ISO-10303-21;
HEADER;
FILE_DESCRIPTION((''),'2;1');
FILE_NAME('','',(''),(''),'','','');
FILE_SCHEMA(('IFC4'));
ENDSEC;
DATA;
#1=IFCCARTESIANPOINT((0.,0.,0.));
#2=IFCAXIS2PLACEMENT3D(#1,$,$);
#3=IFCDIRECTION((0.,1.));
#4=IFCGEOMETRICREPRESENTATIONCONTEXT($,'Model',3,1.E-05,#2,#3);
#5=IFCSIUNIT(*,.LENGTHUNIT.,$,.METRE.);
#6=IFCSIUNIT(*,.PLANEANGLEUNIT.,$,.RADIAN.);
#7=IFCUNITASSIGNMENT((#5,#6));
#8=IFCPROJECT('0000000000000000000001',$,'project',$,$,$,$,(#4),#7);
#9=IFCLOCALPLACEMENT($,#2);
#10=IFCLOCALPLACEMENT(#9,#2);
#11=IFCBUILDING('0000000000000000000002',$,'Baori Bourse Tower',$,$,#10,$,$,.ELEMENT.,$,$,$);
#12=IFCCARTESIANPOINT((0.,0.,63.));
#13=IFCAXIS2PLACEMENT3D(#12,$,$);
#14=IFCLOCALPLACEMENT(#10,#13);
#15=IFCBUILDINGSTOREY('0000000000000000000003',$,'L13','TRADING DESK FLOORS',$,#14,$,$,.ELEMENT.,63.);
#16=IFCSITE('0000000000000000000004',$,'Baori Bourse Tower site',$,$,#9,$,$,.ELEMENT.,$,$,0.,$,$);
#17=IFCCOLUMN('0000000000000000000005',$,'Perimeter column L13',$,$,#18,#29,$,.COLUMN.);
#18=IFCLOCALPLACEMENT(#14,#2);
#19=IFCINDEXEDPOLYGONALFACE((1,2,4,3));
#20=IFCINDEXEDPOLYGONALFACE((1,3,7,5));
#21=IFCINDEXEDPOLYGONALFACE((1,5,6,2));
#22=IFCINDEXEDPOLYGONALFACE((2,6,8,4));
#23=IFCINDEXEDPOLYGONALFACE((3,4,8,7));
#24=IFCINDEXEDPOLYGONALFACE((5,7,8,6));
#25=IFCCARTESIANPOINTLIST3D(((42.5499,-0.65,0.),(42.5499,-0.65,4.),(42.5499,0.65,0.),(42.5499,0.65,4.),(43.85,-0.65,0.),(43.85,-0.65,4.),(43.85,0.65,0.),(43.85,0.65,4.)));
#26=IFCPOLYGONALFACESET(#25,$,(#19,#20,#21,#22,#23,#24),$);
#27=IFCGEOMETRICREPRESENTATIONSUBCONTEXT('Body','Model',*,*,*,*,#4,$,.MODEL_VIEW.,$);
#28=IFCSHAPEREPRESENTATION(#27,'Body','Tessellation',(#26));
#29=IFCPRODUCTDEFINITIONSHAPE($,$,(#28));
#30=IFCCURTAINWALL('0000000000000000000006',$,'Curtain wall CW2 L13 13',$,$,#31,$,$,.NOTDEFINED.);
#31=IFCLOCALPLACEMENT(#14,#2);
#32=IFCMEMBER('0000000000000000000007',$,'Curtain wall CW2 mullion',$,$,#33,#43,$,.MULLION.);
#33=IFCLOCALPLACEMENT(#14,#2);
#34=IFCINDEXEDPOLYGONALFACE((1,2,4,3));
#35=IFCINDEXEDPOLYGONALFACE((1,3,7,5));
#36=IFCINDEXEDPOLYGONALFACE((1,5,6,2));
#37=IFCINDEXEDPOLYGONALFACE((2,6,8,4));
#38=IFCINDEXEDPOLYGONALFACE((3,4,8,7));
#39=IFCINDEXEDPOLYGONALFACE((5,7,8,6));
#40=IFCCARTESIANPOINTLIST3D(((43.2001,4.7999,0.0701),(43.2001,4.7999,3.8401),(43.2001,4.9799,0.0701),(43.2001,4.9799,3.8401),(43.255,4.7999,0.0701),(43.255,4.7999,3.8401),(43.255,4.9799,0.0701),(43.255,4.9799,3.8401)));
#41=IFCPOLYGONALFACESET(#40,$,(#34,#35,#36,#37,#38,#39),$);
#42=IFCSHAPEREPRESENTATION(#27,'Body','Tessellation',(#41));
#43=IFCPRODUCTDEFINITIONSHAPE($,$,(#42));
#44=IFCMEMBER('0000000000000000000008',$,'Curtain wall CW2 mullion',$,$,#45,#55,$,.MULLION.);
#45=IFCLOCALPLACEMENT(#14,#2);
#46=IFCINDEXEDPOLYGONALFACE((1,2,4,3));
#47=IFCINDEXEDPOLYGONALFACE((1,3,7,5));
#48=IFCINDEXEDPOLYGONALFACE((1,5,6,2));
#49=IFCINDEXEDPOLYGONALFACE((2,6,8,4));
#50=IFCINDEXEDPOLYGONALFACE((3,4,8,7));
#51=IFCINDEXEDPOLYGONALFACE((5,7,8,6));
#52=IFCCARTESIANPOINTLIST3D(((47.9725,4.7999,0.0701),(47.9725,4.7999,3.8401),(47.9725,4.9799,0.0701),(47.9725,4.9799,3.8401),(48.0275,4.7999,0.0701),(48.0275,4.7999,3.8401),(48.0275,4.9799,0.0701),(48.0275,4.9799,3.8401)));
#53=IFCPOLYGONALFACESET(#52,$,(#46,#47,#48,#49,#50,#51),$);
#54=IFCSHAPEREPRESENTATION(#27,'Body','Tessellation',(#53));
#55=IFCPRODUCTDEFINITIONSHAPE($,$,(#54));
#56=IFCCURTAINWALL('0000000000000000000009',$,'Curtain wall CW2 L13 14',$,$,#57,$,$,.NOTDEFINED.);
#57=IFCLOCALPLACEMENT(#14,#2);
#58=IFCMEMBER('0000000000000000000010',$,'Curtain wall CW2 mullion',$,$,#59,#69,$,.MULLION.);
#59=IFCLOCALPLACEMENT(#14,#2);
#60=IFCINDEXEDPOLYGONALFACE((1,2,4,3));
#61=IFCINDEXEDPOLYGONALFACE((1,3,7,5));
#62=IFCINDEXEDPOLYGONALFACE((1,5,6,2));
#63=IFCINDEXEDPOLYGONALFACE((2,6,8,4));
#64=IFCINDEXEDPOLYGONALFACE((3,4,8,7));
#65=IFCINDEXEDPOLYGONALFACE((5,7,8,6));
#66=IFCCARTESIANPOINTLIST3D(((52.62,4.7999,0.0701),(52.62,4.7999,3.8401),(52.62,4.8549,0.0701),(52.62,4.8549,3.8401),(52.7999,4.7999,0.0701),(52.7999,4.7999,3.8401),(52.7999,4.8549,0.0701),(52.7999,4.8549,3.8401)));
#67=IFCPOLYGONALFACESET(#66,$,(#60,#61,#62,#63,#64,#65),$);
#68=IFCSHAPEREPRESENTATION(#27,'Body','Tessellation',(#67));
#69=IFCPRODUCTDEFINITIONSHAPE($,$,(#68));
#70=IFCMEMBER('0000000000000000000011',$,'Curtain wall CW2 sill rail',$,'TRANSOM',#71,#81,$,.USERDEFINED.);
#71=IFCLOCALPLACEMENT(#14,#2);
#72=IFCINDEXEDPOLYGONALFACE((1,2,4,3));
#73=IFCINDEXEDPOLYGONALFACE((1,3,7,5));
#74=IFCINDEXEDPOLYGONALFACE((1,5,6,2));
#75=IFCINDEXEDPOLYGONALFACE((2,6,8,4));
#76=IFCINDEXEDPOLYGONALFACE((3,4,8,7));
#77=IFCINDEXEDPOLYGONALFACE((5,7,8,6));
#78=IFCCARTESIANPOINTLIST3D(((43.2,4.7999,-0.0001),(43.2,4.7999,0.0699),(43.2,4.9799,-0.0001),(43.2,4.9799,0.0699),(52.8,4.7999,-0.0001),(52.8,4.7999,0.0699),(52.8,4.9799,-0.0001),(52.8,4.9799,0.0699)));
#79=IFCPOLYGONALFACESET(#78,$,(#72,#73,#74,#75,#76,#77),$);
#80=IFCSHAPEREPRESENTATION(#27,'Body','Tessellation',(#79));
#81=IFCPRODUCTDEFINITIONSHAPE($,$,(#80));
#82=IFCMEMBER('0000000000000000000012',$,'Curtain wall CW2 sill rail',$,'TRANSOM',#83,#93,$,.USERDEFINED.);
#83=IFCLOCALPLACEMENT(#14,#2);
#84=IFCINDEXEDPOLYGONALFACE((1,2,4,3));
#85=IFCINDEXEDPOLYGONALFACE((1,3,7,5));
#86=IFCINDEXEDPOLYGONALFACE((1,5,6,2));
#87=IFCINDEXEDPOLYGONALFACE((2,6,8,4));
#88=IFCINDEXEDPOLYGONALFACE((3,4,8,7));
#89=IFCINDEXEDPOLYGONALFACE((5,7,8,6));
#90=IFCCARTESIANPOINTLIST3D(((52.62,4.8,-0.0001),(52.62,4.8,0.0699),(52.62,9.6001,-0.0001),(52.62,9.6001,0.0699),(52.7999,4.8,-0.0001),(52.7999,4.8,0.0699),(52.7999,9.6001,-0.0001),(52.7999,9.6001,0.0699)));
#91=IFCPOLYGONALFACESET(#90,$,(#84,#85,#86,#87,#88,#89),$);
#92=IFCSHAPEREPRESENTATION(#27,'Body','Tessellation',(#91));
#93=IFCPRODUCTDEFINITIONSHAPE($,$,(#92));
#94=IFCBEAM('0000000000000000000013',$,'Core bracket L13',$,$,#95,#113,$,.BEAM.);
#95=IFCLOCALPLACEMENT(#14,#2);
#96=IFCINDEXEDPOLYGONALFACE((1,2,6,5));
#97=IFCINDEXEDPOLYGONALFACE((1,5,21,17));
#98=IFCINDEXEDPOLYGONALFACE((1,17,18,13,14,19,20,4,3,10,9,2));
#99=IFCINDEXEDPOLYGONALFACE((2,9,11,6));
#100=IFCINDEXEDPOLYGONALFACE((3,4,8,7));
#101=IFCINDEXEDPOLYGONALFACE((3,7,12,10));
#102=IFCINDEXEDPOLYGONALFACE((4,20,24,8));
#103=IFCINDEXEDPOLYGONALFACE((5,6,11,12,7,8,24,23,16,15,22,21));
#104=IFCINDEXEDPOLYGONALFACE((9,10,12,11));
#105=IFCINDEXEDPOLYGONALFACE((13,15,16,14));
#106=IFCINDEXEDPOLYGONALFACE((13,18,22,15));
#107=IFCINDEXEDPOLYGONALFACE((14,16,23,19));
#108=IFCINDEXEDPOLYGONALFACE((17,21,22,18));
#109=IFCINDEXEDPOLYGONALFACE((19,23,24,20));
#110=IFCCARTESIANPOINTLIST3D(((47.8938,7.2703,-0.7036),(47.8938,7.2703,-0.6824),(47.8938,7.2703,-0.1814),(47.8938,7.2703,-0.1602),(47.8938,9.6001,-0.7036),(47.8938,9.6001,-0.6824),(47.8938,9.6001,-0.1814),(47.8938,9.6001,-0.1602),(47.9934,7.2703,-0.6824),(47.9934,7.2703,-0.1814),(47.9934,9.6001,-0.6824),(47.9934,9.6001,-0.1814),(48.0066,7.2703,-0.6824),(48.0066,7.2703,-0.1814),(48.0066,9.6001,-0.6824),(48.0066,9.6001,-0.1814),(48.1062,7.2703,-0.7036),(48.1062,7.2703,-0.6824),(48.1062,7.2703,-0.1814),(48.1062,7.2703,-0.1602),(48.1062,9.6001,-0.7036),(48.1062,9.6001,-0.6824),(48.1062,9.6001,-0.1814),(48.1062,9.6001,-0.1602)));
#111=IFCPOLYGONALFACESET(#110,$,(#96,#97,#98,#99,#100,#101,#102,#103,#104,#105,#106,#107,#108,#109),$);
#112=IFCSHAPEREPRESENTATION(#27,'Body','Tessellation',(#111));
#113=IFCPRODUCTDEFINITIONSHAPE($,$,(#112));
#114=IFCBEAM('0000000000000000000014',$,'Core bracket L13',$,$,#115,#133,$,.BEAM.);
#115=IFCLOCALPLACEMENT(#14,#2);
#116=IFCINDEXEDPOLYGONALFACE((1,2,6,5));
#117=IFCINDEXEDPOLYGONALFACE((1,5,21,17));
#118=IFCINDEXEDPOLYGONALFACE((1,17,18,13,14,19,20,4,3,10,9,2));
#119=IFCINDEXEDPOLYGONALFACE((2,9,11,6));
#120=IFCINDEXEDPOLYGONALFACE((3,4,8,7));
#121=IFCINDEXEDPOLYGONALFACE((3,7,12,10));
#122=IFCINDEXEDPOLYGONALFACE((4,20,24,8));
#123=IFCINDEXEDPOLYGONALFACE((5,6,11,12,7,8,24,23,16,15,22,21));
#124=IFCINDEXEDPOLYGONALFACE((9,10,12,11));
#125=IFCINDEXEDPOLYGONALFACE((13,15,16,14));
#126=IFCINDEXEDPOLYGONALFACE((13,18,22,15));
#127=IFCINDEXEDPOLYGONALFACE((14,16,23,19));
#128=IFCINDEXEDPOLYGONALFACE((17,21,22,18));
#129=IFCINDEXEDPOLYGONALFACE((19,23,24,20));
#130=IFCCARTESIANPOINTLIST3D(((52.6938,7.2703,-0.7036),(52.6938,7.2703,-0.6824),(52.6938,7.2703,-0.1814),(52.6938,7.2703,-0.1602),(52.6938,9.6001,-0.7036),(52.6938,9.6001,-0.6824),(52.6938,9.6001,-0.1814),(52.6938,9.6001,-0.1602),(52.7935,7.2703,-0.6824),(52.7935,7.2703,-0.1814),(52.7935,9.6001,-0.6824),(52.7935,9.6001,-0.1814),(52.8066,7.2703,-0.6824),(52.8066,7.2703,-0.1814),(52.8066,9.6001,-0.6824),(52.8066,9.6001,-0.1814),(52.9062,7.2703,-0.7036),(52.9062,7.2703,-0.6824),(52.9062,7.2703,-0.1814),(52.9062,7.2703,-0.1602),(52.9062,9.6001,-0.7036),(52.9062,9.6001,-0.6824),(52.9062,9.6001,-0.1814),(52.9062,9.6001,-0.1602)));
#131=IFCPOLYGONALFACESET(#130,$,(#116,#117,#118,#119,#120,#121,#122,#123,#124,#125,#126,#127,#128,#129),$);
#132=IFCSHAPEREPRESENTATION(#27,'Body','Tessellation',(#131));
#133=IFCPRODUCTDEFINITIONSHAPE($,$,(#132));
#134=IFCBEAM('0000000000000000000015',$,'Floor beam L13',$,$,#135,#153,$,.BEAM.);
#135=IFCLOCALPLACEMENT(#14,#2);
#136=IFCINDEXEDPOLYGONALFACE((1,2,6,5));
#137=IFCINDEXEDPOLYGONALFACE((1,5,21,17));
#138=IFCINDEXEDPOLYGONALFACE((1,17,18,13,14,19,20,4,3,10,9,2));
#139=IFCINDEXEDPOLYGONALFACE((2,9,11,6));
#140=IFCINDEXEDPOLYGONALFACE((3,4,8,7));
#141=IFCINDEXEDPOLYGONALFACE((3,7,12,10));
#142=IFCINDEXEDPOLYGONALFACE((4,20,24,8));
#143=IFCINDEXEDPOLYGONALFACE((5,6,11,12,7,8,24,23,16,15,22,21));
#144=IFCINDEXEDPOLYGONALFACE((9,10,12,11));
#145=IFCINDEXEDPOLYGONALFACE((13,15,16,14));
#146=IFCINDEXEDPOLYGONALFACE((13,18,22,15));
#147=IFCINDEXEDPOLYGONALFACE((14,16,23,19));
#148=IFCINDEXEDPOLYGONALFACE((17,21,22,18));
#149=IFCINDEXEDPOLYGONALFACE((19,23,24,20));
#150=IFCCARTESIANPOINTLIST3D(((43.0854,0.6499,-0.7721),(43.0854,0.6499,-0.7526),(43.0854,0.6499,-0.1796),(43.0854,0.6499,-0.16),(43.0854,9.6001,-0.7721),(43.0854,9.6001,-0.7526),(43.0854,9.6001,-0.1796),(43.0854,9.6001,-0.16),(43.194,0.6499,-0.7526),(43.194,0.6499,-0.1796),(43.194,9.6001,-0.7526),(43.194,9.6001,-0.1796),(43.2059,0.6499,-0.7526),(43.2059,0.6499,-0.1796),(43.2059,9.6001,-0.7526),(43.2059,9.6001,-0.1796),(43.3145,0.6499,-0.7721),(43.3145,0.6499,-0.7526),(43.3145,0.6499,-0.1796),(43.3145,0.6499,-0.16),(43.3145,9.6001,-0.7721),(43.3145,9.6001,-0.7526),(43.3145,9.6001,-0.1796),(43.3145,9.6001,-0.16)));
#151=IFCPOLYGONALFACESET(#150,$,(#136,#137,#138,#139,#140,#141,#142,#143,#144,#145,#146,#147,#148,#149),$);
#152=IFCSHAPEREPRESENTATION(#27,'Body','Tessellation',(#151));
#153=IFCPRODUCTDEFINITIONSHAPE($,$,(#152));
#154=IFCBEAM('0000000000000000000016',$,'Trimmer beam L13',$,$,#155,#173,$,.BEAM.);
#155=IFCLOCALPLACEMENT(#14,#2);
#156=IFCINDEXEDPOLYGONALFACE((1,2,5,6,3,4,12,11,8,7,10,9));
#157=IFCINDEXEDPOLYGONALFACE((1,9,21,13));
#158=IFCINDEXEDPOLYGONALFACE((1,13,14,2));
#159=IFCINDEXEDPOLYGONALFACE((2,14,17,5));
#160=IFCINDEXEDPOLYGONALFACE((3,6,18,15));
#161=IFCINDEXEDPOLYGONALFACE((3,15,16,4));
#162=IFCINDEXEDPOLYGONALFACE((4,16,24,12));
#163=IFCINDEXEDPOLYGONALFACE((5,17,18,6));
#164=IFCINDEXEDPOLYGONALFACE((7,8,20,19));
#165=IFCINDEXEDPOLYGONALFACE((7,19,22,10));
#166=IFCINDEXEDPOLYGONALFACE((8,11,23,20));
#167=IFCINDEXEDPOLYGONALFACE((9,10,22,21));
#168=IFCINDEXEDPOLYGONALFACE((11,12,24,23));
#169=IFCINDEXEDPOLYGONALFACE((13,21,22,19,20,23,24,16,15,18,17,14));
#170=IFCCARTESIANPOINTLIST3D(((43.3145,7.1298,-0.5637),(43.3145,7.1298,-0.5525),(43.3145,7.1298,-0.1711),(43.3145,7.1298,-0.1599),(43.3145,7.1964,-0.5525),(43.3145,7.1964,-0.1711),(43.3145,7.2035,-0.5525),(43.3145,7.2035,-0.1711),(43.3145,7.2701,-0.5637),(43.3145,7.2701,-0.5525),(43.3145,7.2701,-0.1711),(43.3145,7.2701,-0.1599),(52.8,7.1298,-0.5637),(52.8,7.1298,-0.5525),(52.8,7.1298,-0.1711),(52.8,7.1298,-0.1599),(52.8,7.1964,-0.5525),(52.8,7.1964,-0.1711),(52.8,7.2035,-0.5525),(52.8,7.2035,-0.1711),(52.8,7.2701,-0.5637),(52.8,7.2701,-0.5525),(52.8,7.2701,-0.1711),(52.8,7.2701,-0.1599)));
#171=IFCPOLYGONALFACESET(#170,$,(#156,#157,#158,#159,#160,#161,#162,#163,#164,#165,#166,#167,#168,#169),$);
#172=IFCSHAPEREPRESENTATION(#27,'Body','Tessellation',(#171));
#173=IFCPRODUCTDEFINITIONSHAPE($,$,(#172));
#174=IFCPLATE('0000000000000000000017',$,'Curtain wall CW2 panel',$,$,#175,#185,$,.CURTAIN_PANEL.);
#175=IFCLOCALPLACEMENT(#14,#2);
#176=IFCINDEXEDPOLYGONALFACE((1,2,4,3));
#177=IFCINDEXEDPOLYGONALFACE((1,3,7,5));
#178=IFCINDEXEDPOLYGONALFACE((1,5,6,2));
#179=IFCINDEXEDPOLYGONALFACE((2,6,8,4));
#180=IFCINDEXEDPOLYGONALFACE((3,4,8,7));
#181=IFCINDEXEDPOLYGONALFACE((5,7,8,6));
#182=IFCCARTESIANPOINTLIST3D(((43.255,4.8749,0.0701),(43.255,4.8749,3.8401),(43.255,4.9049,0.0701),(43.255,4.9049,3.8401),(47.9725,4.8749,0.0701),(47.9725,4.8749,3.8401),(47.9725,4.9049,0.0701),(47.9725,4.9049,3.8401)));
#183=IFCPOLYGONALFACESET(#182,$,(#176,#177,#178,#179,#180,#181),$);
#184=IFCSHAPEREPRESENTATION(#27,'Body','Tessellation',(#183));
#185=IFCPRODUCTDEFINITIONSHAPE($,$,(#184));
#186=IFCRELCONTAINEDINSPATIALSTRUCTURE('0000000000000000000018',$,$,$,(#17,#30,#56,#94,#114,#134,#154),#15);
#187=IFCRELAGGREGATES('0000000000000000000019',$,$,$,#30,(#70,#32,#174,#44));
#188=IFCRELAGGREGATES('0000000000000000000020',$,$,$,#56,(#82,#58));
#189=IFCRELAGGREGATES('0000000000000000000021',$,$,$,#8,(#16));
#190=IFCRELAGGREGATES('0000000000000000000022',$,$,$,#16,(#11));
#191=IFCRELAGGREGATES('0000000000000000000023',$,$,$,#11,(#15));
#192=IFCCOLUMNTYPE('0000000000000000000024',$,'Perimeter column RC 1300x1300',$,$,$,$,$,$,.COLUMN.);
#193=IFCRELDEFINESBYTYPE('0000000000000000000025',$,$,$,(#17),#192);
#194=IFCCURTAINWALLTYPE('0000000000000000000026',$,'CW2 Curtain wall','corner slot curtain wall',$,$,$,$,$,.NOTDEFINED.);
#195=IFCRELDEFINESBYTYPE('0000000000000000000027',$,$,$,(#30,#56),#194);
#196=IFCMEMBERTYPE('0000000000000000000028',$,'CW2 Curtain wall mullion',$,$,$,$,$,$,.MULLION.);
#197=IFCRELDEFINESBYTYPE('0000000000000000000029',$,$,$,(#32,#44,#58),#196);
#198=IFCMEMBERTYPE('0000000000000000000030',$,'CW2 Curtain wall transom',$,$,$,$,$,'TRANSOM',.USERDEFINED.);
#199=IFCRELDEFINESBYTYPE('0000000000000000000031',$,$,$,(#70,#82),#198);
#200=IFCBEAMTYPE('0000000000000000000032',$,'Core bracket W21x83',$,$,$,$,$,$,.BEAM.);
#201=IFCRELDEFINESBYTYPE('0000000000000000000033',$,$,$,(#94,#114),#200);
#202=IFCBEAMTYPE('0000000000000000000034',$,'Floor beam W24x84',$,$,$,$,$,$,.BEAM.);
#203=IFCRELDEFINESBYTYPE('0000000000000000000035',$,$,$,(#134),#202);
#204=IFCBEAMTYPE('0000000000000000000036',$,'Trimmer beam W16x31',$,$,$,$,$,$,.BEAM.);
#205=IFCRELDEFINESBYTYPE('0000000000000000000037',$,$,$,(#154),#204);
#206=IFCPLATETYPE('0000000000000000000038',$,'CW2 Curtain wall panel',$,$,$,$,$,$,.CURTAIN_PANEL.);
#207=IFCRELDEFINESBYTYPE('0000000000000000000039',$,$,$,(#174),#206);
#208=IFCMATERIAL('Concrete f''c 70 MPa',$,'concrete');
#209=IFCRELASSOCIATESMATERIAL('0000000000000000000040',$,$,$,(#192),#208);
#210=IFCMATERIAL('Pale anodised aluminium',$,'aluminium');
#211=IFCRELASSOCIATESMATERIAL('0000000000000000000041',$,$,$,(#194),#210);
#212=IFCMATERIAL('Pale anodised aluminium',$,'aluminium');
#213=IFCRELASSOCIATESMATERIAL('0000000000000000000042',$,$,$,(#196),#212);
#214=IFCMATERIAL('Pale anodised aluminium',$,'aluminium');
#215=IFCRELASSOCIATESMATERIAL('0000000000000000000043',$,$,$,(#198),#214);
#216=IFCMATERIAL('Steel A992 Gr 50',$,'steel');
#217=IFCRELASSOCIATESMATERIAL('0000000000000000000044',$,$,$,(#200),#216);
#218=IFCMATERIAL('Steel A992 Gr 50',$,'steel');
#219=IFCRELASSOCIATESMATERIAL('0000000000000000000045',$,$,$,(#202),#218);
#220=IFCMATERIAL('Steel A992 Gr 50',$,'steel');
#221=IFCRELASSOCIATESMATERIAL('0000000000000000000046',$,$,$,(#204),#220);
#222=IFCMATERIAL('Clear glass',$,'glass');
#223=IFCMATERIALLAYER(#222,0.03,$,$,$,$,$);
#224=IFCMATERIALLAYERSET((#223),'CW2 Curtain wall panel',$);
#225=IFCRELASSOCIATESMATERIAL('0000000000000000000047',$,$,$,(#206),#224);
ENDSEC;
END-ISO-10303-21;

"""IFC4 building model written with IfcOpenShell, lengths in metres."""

from ifc_helpers import new_model, si_unit, direction, frame, origin, origin_2d, place, context, subcontext, project, spatial, rectangle, i_section, extrude, material, layer, layer_set, material_profile, profile_set, type_object, element, aggregate, save


model = new_model("IFC4")

# Units and contexts
model_context = context("Model", 3, precision=1e-05, world=origin(), true_north=direction((0.0, 1.0)))
body_context = subcontext(model_context, "Body", "Model", "MODEL_VIEW")
ifc_project = project(units=[si_unit("LENGTHUNIT", "METRE"), si_unit("PLANEANGLEUNIT", "RADIAN")], contexts=[model_context])

# Site, building, storey
site_placement = place(None, origin())
site = spatial("IfcSite", under=ifc_project, at=site_placement, Name="Baori Bourse Tower site", CompositionType="ELEMENT", RefElevation=0.0)
building_placement = place(site_placement, origin())
building = spatial("IfcBuilding", under=site, at=building_placement, Name="Baori Bourse Tower", CompositionType="ELEMENT")
storey_placement = place(building_placement, frame((0.0, 0.0, 63.0)))
storey = spatial("IfcBuildingStorey", under=building, at=storey_placement, Name="L13", Description="TRADING DESK FLOORS", CompositionType="ELEMENT", Elevation=63.0)

# Column
ifc_material_1 = material(Name="Concrete f'c 70 MPa", Category="concrete")
ifc_material_profile_1 = material_profile(ifc_material_1, rectangle(XDim=1.3, YDim=1.3, at=origin_2d()), Name="RC 1300x1300")
ifc_profile_set_1 = profile_set([ifc_material_profile_1], Name="Concrete f'c 70 MPa")
column_type = type_object("IfcColumnType", Name="Perimeter column RC 1300x1300", PredefinedType="COLUMN", material=ifc_profile_set_1)
column_placement = place(storey_placement, frame((43.2, 0.0, 0.0), z_axis=(0.0, 0.0, 1.0), x_axis=(1.0, 0.0, 0.0)))
element("IfcColumn", 1, at=column_placement, inside=storey, type_object=column_type, Name="Perimeter column L13", PredefinedType="COLUMN", context=body_context, shape_type="SweptSolid", body=[
    extrude(rectangle(XDim=1.3, YDim=1.3, at=origin_2d()), origin(), (0.0, 0.0, 1.0), 4.0),
])

# Curtain wall, members
ifc_material_2 = material(Name="Pale anodised aluminium", Category="aluminium")
curtain_wall_type = type_object("IfcCurtainWallType", Name="CW2 Curtain wall", Description="corner slot curtain wall", PredefinedType="NOTDEFINED", material=ifc_material_2)
curtain_wall_1_placement = place(storey_placement, origin())
curtain_wall_1 = element("IfcCurtainWall", 2, at=curtain_wall_1_placement, inside=storey, type_object=curtain_wall_type, Name="Curtain wall CW2 L13 13", PredefinedType="NOTDEFINED")
ifc_material_3 = material(Name="Pale anodised aluminium", Category="aluminium")
ifc_material_profile_2 = material_profile(ifc_material_3, rectangle(XDim=0.1799, YDim=0.0549, at=origin_2d()), Name="Mullion 55x180")
ifc_profile_set_2 = profile_set([ifc_material_profile_2], Name="Pale anodised aluminium")
member_type_1 = type_object("IfcMemberType", Name="CW2 Curtain wall mullion", PredefinedType="MULLION", material=ifc_profile_set_2)
member_1_placement = place(storey_placement, frame((43.2275, 4.8899, 0.0701), z_axis=(0.0, 0.0, 1.0), x_axis=(0.0, 1.0, 0.0)))
member_1 = element("IfcMember", 3, at=member_1_placement, type_object=member_type_1, Name="Curtain wall CW2 mullion", PredefinedType="MULLION", context=body_context, shape_type="SweptSolid", body=[
    extrude(rectangle(XDim=0.1799, YDim=0.0549, at=origin_2d()), origin(), (0.0, 0.0, 1.0), 3.77),
])
member_2_placement = place(storey_placement, frame((48.0, 4.8899, 0.0701), z_axis=(0.0, 0.0, 1.0), x_axis=(0.0, 1.0, 0.0)))
member_2 = element("IfcMember", 4, at=member_2_placement, type_object=member_type_1, Name="Curtain wall CW2 mullion", PredefinedType="MULLION", context=body_context, shape_type="SweptSolid", body=[
    extrude(rectangle(XDim=0.1799, YDim=0.0549, at=origin_2d()), origin(), (0.0, 0.0, 1.0), 3.77),
])

# Curtain wall, member
curtain_wall_2_placement = place(storey_placement, origin())
curtain_wall_2 = element("IfcCurtainWall", 5, at=curtain_wall_2_placement, inside=storey, type_object=curtain_wall_type, Name="Curtain wall CW2 L13 14", PredefinedType="NOTDEFINED")
member_3_placement = place(storey_placement, frame((52.71, 4.8274, 0.0701), z_axis=(0.0, 0.0, 1.0), x_axis=(-1.0, 0.0, 0.0)))
member_3 = element("IfcMember", 6, at=member_3_placement, type_object=member_type_1, Name="Curtain wall CW2 mullion", PredefinedType="MULLION", context=body_context, shape_type="SweptSolid", body=[
    extrude(rectangle(XDim=0.1799, YDim=0.0549, at=origin_2d()), origin(), (0.0, 0.0, 1.0), 3.77),
])

# Members
ifc_material_4 = material(Name="Pale anodised aluminium", Category="aluminium")
ifc_material_profile_3 = material_profile(ifc_material_4, rectangle(XDim=0.1799, YDim=0.0701, at=origin_2d()), Name="Transom 70x180")
ifc_profile_set_3 = profile_set([ifc_material_profile_3], Name="Pale anodised aluminium")
member_type_2 = type_object("IfcMemberType", Name="CW2 Curtain wall transom", ElementType="TRANSOM", PredefinedType="USERDEFINED", material=ifc_profile_set_3)
member_4_placement = place(storey_placement, frame((43.2, 4.8899, 0.0349), z_axis=(1.0, 0.0, 0.0), x_axis=(0.0, 1.0, 0.0)))
member_4 = element("IfcMember", 7, at=member_4_placement, type_object=member_type_2, Name="Curtain wall CW2 sill rail", ObjectType="TRANSOM", PredefinedType="USERDEFINED", context=body_context, shape_type="SweptSolid", body=[
    extrude(rectangle(XDim=0.1799, YDim=0.0701, at=origin_2d()), origin(), (0.0, 0.0, 1.0), 9.6001),
])
member_5_placement = place(storey_placement, frame((52.71, 4.8, 0.0349), z_axis=(0.0, 1.0, 0.0), x_axis=(-1.0, 0.0, 0.0)))
member_5 = element("IfcMember", 8, at=member_5_placement, type_object=member_type_2, Name="Curtain wall CW2 sill rail", ObjectType="TRANSOM", PredefinedType="USERDEFINED", context=body_context, shape_type="SweptSolid", body=[
    extrude(rectangle(XDim=0.1799, YDim=0.0701, at=origin_2d()), origin(), (0.0, 0.0, 1.0), 4.8),
])

# Beams
ifc_material_5 = material(Name="Steel A992 Gr 50", Category="steel")
ifc_material_profile_4 = material_profile(ifc_material_5, i_section(OverallWidth=0.2124, OverallDepth=0.5435, WebThickness=0.0132, FlangeThickness=0.0212, at=origin_2d()), Name="W21x83")
ifc_profile_set_4 = profile_set([ifc_material_profile_4], Name="Steel A992 Gr 50")
beam_type_1 = type_object("IfcBeamType", Name="Core bracket W21x83", PredefinedType="BEAM", material=ifc_profile_set_4)
for number, where, z_axis, x_axis, name in (
    (9, (48.0, 7.2703, -0.4319), (0.0, 1.0, 0.0), (-1.0, 0.0, 0.0), "Core bracket L13"),
    (10, (52.8, 7.2703, -0.4319), (0.0, 1.0, 0.0), (-1.0, 0.0, 0.0), "Core bracket L13"),
):
    element("IfcBeam", number, at=place(storey_placement, frame(where, z_axis=z_axis, x_axis=x_axis)), inside=storey, type_object=beam_type_1, Name=name, PredefinedType="BEAM", context=body_context, shape_type="SweptSolid", body=[
        extrude(i_section(OverallWidth=0.2124, OverallDepth=0.5435, WebThickness=0.0132, FlangeThickness=0.0212, at=origin_2d()), origin(), (0.0, 0.0, 1.0), 2.3298),
    ])
ifc_material_6 = material(Name="Steel A992 Gr 50", Category="steel")
ifc_material_profile_5 = material_profile(ifc_material_6, i_section(OverallWidth=0.229, OverallDepth=0.6121, WebThickness=0.012, FlangeThickness=0.0195, at=origin_2d()), Name="W24x84")
ifc_profile_set_5 = profile_set([ifc_material_profile_5], Name="Steel A992 Gr 50")
beam_type_2 = type_object("IfcBeamType", Name="Floor beam W24x84", PredefinedType="BEAM", material=ifc_profile_set_5)
beam_1_placement = place(storey_placement, frame((43.2, 0.6499, -0.4661), z_axis=(0.0, 1.0, 0.0), x_axis=(-1.0, 0.0, 0.0)))
element("IfcBeam", 11, at=beam_1_placement, inside=storey, type_object=beam_type_2, Name="Floor beam L13", PredefinedType="BEAM", context=body_context, shape_type="SweptSolid", body=[
    extrude(i_section(OverallWidth=0.229, OverallDepth=0.6121, WebThickness=0.012, FlangeThickness=0.0195, at=origin_2d()), origin(), (0.0, 0.0, 1.0), 8.9502),
])
ifc_material_7 = material(Name="Steel A992 Gr 50", Category="steel")
ifc_material_profile_6 = material_profile(ifc_material_7, i_section(OverallWidth=0.1404, OverallDepth=0.4038, WebThickness=0.0071, FlangeThickness=0.0112, at=origin_2d()), Name="W16x31")
ifc_profile_set_6 = profile_set([ifc_material_profile_6], Name="Steel A992 Gr 50")
beam_type_3 = type_object("IfcBeamType", Name="Trimmer beam W16x31", PredefinedType="BEAM", material=ifc_profile_set_6)
beam_2_placement = place(storey_placement, frame((43.3145, 7.2, -0.3618), z_axis=(1.0, 0.0, 0.0), x_axis=(0.0, 1.0, 0.0)))
element("IfcBeam", 12, at=beam_2_placement, inside=storey, type_object=beam_type_3, Name="Trimmer beam L13", PredefinedType="BEAM", context=body_context, shape_type="SweptSolid", body=[
    extrude(i_section(OverallWidth=0.1404, OverallDepth=0.4038, WebThickness=0.0071, FlangeThickness=0.0112, at=origin_2d()), origin(), (0.0, 0.0, 1.0), 9.4856),
])

# Plate
ifc_material_8 = material(Name="Clear glass", Category="glass")
ifc_layer_1 = layer(ifc_material_8, 0.03)
ifc_layer_set_1 = layer_set([ifc_layer_1], Name="CW2 Curtain wall panel")
plate_type = type_object("IfcPlateType", Name="CW2 Curtain wall panel", PredefinedType="CURTAIN_PANEL", material=ifc_layer_set_1)
plate_1_placement = place(storey_placement, frame((45.6138, 4.8899, 0.0701), z_axis=(0.0, 0.0, 1.0), x_axis=(1.0, 0.0, 0.0)))
plate_1 = element("IfcPlate", 13, at=plate_1_placement, type_object=plate_type, Name="Curtain wall CW2 panel", PredefinedType="CURTAIN_PANEL", context=body_context, shape_type="SweptSolid", body=[
    extrude(rectangle(XDim=4.7175, YDim=0.03, at=origin_2d()), origin(), (0.0, 0.0, 1.0), 3.77),
])
aggregate(curtain_wall_1, [member_4, member_1, plate_1, member_2])
aggregate(curtain_wall_2, [member_5, member_3])

save(model, "model.ifc")
